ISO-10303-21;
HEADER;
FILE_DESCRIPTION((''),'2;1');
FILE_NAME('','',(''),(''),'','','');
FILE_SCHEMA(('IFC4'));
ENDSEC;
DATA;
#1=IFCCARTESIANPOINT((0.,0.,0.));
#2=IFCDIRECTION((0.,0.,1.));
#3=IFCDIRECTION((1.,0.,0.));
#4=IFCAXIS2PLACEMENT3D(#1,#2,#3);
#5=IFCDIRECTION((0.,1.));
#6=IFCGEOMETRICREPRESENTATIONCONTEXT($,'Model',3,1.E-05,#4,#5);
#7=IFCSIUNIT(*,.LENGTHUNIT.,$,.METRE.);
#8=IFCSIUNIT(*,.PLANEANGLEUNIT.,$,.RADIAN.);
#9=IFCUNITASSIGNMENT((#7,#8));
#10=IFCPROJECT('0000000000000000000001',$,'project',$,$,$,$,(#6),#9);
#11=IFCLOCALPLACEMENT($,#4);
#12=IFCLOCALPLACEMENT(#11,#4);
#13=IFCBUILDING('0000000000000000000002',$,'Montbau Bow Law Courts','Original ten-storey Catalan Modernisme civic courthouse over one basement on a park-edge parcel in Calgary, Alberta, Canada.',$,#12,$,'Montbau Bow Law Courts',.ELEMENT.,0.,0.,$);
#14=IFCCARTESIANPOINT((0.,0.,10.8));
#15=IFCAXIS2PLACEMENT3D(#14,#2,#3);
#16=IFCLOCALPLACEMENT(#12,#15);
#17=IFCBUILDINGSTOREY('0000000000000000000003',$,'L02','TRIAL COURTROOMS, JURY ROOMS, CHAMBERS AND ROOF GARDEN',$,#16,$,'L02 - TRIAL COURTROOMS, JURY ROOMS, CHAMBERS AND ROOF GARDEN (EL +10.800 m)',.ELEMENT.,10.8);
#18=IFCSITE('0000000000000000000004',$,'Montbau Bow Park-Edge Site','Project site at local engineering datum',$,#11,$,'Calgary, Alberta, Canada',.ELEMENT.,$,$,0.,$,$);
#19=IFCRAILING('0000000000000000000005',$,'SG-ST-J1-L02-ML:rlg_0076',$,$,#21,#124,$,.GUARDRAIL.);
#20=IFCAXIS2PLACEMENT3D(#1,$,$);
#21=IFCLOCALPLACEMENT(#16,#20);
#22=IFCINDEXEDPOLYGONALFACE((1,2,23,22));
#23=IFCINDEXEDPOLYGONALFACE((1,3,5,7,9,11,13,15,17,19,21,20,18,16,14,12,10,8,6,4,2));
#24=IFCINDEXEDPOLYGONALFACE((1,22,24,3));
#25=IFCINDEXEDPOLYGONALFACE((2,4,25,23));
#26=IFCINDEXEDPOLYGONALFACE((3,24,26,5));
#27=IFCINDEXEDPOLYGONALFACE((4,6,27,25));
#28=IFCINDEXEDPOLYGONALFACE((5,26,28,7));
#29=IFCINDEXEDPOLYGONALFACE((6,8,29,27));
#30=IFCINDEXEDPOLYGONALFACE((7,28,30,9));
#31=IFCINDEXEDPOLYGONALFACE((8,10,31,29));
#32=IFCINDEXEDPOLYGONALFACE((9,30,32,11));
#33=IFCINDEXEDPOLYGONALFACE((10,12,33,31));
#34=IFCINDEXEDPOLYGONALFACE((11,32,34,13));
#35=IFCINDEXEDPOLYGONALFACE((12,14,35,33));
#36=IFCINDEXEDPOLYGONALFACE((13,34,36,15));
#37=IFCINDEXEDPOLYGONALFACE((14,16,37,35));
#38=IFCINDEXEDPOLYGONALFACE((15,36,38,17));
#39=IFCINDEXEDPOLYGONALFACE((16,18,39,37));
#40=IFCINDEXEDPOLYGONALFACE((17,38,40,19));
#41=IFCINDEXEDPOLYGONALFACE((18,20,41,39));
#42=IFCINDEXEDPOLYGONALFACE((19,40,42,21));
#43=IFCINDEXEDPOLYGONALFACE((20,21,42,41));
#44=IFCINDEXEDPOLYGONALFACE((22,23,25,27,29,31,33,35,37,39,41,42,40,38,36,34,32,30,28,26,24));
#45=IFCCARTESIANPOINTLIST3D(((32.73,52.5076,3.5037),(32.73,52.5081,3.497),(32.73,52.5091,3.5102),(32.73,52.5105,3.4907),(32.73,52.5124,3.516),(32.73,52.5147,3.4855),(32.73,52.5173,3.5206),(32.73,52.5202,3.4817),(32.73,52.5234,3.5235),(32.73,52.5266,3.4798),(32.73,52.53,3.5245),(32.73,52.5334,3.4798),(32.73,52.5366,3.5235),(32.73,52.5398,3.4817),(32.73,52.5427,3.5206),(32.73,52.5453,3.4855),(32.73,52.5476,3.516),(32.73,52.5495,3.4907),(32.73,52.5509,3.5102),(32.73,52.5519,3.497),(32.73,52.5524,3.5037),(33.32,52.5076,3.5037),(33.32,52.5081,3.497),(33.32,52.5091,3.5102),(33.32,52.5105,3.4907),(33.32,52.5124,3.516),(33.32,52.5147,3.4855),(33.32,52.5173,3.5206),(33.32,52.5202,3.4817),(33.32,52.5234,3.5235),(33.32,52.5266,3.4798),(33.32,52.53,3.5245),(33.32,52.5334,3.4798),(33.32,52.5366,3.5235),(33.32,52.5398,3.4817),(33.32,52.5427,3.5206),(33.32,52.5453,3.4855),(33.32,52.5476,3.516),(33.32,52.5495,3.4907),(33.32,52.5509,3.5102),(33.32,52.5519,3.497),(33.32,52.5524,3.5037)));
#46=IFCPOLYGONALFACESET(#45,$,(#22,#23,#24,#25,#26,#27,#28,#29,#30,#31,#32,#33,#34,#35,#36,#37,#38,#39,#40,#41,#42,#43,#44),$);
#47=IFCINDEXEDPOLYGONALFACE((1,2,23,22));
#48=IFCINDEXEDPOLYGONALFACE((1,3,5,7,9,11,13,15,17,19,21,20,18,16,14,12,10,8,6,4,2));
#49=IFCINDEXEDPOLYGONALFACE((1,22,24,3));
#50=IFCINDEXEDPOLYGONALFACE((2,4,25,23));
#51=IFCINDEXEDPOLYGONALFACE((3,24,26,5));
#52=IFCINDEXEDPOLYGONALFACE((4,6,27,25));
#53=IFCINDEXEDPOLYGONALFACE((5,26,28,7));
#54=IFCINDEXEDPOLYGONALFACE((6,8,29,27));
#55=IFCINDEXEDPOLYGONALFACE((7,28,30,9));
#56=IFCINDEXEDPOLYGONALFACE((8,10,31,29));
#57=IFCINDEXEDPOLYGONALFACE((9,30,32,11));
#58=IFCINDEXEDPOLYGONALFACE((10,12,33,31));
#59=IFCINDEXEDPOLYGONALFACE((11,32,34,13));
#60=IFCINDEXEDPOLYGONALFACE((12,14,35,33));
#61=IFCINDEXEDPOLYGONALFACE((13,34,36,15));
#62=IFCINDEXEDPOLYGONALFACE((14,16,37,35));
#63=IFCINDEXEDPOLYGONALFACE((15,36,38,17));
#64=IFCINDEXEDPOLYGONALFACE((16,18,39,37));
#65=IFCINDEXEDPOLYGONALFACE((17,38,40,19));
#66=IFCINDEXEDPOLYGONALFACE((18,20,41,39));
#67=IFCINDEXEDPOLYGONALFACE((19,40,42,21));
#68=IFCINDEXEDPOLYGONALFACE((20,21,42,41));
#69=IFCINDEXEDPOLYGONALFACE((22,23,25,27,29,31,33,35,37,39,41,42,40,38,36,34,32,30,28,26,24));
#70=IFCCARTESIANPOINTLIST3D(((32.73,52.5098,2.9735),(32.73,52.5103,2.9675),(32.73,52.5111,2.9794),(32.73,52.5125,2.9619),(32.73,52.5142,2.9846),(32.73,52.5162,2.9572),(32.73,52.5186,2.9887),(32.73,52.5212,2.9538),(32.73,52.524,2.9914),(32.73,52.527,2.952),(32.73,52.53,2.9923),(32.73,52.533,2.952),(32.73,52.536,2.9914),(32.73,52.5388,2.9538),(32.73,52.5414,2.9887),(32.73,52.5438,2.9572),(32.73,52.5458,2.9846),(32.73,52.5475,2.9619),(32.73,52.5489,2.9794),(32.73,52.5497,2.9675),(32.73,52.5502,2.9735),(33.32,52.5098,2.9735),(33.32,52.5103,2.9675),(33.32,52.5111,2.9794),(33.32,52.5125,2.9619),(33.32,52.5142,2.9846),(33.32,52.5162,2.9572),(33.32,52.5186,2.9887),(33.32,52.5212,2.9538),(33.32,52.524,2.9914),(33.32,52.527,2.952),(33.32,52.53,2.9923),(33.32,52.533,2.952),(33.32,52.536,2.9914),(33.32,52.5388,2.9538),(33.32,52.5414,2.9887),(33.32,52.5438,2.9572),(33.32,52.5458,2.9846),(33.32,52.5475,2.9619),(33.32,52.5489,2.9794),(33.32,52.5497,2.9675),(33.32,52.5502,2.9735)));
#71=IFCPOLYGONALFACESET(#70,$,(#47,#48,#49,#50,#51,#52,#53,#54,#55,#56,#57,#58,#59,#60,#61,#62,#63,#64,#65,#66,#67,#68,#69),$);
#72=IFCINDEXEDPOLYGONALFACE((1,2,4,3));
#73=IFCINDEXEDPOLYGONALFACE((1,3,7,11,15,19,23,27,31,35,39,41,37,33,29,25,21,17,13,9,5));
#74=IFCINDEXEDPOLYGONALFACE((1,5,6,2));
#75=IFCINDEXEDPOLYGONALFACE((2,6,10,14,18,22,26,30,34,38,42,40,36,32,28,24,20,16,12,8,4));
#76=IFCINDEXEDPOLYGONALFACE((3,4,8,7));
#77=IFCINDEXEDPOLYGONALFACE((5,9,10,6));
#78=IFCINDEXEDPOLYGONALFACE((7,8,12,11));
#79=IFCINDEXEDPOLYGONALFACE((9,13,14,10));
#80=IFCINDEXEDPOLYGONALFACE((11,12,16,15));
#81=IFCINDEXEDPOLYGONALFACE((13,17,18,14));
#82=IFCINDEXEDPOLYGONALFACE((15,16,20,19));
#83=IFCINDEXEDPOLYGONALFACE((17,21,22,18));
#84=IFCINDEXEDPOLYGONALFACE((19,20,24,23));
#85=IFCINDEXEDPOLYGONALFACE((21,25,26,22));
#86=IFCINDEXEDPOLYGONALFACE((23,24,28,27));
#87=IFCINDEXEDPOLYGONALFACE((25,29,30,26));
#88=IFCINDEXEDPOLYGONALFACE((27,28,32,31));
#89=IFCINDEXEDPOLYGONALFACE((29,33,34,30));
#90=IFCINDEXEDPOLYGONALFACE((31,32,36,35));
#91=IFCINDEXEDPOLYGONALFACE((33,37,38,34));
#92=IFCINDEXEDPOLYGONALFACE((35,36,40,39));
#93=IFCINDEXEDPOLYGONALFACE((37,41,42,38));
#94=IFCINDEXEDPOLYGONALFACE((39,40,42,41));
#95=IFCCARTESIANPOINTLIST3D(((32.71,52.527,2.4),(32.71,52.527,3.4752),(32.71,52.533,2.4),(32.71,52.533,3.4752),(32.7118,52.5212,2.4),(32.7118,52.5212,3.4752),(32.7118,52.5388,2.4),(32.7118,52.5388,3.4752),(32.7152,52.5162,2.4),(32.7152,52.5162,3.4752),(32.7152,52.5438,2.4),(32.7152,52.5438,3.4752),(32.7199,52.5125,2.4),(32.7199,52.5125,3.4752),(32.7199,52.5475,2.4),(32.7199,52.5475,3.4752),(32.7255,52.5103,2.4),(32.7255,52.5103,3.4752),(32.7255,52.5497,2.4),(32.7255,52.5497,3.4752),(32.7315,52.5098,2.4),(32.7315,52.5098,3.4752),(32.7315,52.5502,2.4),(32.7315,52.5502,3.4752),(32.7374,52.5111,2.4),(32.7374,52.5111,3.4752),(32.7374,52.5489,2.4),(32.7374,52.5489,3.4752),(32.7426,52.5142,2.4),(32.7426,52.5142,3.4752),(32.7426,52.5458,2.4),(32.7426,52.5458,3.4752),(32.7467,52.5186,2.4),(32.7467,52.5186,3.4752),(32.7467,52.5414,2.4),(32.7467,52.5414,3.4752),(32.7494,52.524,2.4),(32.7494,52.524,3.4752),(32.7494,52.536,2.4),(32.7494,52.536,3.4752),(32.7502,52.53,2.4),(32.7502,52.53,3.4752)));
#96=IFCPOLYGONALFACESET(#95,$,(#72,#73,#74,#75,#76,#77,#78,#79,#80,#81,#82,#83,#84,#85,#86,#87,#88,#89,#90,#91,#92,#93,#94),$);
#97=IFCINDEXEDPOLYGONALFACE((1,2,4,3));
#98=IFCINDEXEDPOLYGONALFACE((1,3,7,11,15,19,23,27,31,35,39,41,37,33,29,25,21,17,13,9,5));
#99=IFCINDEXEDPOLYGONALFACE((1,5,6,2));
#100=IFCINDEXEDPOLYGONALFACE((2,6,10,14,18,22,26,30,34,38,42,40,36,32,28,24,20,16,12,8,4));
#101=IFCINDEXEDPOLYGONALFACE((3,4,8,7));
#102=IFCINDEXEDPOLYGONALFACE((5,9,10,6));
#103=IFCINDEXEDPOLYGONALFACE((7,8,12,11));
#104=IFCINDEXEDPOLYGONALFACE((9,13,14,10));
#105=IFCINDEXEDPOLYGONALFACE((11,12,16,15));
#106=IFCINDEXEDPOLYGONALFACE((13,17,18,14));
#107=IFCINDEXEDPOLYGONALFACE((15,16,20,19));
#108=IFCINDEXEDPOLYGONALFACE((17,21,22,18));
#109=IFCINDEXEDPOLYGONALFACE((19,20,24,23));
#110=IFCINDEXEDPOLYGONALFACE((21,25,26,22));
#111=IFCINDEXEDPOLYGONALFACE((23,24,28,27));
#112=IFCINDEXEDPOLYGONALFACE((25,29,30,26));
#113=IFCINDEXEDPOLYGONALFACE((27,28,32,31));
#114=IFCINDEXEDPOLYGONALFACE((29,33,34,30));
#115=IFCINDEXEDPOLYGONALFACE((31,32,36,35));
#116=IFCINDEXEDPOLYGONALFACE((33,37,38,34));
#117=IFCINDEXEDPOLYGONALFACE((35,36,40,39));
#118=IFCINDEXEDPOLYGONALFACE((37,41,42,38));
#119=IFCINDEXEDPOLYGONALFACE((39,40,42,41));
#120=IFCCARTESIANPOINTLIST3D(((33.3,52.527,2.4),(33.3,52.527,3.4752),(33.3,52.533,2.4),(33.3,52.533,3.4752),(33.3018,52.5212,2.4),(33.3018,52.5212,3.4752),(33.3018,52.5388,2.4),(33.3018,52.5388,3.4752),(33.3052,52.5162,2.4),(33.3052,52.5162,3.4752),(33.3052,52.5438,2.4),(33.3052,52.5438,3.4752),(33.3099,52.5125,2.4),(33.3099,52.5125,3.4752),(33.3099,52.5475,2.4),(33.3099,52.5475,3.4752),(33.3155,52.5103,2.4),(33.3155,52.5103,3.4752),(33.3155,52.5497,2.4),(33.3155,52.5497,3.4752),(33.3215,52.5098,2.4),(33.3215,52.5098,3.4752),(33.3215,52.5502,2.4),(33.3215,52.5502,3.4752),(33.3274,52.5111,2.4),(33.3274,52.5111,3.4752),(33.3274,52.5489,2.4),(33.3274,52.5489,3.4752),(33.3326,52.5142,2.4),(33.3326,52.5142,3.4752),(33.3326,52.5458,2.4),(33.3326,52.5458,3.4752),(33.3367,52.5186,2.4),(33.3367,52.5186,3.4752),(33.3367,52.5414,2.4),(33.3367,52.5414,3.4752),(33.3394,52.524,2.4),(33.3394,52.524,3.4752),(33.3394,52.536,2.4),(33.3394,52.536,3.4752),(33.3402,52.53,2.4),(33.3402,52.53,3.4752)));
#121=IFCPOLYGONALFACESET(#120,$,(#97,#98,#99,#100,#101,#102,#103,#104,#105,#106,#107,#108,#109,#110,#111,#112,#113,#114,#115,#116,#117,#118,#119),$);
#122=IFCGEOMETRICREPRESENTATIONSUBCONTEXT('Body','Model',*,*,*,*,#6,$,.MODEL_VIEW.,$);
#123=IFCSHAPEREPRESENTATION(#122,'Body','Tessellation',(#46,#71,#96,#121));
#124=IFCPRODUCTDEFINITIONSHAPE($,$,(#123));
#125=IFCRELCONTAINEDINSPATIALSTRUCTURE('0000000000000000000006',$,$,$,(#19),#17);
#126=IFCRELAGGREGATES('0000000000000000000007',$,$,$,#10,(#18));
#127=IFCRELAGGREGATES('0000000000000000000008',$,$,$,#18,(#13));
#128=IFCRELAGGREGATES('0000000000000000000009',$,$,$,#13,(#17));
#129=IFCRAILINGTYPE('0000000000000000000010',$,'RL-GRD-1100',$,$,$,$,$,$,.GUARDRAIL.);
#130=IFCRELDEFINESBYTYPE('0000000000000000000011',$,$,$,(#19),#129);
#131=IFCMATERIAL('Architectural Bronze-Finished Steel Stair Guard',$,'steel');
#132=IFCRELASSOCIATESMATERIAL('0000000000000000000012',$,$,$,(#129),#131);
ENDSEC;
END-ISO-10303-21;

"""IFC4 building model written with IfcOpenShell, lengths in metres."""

from ifc_helpers import new_model, si_unit, direction, frame, origin_with_axes, origin_2d_with_axis, place, context, subcontext, project, spatial, circle, extrude, material, type_object, element, save


model = new_model("IFC4")

# Units and contexts
model_context = context("Model", 3, precision=1e-05, world=origin_with_axes(), true_north=direction((0.0, 1.0)))
body_context = subcontext(model_context, "Body", "Model", "MODEL_VIEW")
ifc_project = project(units=[si_unit("LENGTHUNIT", "METRE"), si_unit("PLANEANGLEUNIT", "RADIAN")], contexts=[model_context])

# Site, building, storey
site_placement = place(None, origin_with_axes())
site = spatial("IfcSite", under=ifc_project, at=site_placement, Name="Montbau Bow Park-Edge Site", Description="Project site at local engineering datum", LongName="Calgary, Alberta, Canada", CompositionType="ELEMENT", RefElevation=0.0)
building_placement = place(site_placement, origin_with_axes())
building = spatial("IfcBuilding", under=site, at=building_placement, Name="Montbau Bow Law Courts", Description="Original ten-storey Catalan Modernisme civic courthouse over one basement on a park-edge parcel in Calgary, Alberta, Canada.", LongName="Montbau Bow Law Courts", CompositionType="ELEMENT", ElevationOfRefHeight=0.0, ElevationOfTerrain=0.0)
storey_placement = place(building_placement, frame((0.0, 0.0, 10.8), z_axis=(0.0, 0.0, 1.0), x_axis=(1.0, 0.0, 0.0)))
storey = spatial("IfcBuildingStorey", under=building, at=storey_placement, Name="L02", Description="TRIAL COURTROOMS, JURY ROOMS, CHAMBERS AND ROOF GARDEN", LongName="L02 - TRIAL COURTROOMS, JURY ROOMS, CHAMBERS AND ROOF GARDEN (EL +10.800 m)", CompositionType="ELEMENT", Elevation=10.8)

# Railing
ifc_material_1 = material(Name="Architectural Bronze-Finished Steel Stair Guard", Category="steel")
railing_type_1 = type_object("IfcRailingType", Name="RL-GRD-1100", PredefinedType="GUARDRAIL", material=ifc_material_1)
railing_1_placement = place(None, origin_with_axes())
element("IfcRailing", 1, at=railing_1_placement, inside=storey, type_object=railing_type_1, Name="SG-ST-J1-L02-ML:rlg_0076", PredefinedType="GUARDRAIL", context=body_context, shape_type="SweptSolid", body=[
    extrude(circle(Radius=0.0225, at=origin_2d_with_axis()), frame((32.73, 52.53, 14.302), z_axis=(1.0, 0.0, 0.0), x_axis=(0.0, 0.0, 1.0)), (0.0, 0.0, 1.0), 0.59),
    extrude(circle(Radius=0.0203, at=origin_2d_with_axis()), frame((32.73, 52.53, 13.772), z_axis=(1.0, 0.0, 0.0), x_axis=(0.0, 0.0, 1.0)), (0.0, 0.0, 1.0), 0.59),
    extrude(circle(Radius=0.0203, at=origin_2d_with_axis()), frame((32.73, 52.53, 13.2), z_axis=(0.0, 0.0, 1.0), x_axis=(1.0, 0.0, 0.0)), (0.0, 0.0, 1.0), 1.0753),
    extrude(circle(Radius=0.0203, at=origin_2d_with_axis()), frame((33.32, 52.53, 13.2), z_axis=(0.0, 0.0, 1.0), x_axis=(1.0, 0.0, 0.0)), (0.0, 0.0, 1.0), 1.0753),
])

save(model, "model.ifc")
